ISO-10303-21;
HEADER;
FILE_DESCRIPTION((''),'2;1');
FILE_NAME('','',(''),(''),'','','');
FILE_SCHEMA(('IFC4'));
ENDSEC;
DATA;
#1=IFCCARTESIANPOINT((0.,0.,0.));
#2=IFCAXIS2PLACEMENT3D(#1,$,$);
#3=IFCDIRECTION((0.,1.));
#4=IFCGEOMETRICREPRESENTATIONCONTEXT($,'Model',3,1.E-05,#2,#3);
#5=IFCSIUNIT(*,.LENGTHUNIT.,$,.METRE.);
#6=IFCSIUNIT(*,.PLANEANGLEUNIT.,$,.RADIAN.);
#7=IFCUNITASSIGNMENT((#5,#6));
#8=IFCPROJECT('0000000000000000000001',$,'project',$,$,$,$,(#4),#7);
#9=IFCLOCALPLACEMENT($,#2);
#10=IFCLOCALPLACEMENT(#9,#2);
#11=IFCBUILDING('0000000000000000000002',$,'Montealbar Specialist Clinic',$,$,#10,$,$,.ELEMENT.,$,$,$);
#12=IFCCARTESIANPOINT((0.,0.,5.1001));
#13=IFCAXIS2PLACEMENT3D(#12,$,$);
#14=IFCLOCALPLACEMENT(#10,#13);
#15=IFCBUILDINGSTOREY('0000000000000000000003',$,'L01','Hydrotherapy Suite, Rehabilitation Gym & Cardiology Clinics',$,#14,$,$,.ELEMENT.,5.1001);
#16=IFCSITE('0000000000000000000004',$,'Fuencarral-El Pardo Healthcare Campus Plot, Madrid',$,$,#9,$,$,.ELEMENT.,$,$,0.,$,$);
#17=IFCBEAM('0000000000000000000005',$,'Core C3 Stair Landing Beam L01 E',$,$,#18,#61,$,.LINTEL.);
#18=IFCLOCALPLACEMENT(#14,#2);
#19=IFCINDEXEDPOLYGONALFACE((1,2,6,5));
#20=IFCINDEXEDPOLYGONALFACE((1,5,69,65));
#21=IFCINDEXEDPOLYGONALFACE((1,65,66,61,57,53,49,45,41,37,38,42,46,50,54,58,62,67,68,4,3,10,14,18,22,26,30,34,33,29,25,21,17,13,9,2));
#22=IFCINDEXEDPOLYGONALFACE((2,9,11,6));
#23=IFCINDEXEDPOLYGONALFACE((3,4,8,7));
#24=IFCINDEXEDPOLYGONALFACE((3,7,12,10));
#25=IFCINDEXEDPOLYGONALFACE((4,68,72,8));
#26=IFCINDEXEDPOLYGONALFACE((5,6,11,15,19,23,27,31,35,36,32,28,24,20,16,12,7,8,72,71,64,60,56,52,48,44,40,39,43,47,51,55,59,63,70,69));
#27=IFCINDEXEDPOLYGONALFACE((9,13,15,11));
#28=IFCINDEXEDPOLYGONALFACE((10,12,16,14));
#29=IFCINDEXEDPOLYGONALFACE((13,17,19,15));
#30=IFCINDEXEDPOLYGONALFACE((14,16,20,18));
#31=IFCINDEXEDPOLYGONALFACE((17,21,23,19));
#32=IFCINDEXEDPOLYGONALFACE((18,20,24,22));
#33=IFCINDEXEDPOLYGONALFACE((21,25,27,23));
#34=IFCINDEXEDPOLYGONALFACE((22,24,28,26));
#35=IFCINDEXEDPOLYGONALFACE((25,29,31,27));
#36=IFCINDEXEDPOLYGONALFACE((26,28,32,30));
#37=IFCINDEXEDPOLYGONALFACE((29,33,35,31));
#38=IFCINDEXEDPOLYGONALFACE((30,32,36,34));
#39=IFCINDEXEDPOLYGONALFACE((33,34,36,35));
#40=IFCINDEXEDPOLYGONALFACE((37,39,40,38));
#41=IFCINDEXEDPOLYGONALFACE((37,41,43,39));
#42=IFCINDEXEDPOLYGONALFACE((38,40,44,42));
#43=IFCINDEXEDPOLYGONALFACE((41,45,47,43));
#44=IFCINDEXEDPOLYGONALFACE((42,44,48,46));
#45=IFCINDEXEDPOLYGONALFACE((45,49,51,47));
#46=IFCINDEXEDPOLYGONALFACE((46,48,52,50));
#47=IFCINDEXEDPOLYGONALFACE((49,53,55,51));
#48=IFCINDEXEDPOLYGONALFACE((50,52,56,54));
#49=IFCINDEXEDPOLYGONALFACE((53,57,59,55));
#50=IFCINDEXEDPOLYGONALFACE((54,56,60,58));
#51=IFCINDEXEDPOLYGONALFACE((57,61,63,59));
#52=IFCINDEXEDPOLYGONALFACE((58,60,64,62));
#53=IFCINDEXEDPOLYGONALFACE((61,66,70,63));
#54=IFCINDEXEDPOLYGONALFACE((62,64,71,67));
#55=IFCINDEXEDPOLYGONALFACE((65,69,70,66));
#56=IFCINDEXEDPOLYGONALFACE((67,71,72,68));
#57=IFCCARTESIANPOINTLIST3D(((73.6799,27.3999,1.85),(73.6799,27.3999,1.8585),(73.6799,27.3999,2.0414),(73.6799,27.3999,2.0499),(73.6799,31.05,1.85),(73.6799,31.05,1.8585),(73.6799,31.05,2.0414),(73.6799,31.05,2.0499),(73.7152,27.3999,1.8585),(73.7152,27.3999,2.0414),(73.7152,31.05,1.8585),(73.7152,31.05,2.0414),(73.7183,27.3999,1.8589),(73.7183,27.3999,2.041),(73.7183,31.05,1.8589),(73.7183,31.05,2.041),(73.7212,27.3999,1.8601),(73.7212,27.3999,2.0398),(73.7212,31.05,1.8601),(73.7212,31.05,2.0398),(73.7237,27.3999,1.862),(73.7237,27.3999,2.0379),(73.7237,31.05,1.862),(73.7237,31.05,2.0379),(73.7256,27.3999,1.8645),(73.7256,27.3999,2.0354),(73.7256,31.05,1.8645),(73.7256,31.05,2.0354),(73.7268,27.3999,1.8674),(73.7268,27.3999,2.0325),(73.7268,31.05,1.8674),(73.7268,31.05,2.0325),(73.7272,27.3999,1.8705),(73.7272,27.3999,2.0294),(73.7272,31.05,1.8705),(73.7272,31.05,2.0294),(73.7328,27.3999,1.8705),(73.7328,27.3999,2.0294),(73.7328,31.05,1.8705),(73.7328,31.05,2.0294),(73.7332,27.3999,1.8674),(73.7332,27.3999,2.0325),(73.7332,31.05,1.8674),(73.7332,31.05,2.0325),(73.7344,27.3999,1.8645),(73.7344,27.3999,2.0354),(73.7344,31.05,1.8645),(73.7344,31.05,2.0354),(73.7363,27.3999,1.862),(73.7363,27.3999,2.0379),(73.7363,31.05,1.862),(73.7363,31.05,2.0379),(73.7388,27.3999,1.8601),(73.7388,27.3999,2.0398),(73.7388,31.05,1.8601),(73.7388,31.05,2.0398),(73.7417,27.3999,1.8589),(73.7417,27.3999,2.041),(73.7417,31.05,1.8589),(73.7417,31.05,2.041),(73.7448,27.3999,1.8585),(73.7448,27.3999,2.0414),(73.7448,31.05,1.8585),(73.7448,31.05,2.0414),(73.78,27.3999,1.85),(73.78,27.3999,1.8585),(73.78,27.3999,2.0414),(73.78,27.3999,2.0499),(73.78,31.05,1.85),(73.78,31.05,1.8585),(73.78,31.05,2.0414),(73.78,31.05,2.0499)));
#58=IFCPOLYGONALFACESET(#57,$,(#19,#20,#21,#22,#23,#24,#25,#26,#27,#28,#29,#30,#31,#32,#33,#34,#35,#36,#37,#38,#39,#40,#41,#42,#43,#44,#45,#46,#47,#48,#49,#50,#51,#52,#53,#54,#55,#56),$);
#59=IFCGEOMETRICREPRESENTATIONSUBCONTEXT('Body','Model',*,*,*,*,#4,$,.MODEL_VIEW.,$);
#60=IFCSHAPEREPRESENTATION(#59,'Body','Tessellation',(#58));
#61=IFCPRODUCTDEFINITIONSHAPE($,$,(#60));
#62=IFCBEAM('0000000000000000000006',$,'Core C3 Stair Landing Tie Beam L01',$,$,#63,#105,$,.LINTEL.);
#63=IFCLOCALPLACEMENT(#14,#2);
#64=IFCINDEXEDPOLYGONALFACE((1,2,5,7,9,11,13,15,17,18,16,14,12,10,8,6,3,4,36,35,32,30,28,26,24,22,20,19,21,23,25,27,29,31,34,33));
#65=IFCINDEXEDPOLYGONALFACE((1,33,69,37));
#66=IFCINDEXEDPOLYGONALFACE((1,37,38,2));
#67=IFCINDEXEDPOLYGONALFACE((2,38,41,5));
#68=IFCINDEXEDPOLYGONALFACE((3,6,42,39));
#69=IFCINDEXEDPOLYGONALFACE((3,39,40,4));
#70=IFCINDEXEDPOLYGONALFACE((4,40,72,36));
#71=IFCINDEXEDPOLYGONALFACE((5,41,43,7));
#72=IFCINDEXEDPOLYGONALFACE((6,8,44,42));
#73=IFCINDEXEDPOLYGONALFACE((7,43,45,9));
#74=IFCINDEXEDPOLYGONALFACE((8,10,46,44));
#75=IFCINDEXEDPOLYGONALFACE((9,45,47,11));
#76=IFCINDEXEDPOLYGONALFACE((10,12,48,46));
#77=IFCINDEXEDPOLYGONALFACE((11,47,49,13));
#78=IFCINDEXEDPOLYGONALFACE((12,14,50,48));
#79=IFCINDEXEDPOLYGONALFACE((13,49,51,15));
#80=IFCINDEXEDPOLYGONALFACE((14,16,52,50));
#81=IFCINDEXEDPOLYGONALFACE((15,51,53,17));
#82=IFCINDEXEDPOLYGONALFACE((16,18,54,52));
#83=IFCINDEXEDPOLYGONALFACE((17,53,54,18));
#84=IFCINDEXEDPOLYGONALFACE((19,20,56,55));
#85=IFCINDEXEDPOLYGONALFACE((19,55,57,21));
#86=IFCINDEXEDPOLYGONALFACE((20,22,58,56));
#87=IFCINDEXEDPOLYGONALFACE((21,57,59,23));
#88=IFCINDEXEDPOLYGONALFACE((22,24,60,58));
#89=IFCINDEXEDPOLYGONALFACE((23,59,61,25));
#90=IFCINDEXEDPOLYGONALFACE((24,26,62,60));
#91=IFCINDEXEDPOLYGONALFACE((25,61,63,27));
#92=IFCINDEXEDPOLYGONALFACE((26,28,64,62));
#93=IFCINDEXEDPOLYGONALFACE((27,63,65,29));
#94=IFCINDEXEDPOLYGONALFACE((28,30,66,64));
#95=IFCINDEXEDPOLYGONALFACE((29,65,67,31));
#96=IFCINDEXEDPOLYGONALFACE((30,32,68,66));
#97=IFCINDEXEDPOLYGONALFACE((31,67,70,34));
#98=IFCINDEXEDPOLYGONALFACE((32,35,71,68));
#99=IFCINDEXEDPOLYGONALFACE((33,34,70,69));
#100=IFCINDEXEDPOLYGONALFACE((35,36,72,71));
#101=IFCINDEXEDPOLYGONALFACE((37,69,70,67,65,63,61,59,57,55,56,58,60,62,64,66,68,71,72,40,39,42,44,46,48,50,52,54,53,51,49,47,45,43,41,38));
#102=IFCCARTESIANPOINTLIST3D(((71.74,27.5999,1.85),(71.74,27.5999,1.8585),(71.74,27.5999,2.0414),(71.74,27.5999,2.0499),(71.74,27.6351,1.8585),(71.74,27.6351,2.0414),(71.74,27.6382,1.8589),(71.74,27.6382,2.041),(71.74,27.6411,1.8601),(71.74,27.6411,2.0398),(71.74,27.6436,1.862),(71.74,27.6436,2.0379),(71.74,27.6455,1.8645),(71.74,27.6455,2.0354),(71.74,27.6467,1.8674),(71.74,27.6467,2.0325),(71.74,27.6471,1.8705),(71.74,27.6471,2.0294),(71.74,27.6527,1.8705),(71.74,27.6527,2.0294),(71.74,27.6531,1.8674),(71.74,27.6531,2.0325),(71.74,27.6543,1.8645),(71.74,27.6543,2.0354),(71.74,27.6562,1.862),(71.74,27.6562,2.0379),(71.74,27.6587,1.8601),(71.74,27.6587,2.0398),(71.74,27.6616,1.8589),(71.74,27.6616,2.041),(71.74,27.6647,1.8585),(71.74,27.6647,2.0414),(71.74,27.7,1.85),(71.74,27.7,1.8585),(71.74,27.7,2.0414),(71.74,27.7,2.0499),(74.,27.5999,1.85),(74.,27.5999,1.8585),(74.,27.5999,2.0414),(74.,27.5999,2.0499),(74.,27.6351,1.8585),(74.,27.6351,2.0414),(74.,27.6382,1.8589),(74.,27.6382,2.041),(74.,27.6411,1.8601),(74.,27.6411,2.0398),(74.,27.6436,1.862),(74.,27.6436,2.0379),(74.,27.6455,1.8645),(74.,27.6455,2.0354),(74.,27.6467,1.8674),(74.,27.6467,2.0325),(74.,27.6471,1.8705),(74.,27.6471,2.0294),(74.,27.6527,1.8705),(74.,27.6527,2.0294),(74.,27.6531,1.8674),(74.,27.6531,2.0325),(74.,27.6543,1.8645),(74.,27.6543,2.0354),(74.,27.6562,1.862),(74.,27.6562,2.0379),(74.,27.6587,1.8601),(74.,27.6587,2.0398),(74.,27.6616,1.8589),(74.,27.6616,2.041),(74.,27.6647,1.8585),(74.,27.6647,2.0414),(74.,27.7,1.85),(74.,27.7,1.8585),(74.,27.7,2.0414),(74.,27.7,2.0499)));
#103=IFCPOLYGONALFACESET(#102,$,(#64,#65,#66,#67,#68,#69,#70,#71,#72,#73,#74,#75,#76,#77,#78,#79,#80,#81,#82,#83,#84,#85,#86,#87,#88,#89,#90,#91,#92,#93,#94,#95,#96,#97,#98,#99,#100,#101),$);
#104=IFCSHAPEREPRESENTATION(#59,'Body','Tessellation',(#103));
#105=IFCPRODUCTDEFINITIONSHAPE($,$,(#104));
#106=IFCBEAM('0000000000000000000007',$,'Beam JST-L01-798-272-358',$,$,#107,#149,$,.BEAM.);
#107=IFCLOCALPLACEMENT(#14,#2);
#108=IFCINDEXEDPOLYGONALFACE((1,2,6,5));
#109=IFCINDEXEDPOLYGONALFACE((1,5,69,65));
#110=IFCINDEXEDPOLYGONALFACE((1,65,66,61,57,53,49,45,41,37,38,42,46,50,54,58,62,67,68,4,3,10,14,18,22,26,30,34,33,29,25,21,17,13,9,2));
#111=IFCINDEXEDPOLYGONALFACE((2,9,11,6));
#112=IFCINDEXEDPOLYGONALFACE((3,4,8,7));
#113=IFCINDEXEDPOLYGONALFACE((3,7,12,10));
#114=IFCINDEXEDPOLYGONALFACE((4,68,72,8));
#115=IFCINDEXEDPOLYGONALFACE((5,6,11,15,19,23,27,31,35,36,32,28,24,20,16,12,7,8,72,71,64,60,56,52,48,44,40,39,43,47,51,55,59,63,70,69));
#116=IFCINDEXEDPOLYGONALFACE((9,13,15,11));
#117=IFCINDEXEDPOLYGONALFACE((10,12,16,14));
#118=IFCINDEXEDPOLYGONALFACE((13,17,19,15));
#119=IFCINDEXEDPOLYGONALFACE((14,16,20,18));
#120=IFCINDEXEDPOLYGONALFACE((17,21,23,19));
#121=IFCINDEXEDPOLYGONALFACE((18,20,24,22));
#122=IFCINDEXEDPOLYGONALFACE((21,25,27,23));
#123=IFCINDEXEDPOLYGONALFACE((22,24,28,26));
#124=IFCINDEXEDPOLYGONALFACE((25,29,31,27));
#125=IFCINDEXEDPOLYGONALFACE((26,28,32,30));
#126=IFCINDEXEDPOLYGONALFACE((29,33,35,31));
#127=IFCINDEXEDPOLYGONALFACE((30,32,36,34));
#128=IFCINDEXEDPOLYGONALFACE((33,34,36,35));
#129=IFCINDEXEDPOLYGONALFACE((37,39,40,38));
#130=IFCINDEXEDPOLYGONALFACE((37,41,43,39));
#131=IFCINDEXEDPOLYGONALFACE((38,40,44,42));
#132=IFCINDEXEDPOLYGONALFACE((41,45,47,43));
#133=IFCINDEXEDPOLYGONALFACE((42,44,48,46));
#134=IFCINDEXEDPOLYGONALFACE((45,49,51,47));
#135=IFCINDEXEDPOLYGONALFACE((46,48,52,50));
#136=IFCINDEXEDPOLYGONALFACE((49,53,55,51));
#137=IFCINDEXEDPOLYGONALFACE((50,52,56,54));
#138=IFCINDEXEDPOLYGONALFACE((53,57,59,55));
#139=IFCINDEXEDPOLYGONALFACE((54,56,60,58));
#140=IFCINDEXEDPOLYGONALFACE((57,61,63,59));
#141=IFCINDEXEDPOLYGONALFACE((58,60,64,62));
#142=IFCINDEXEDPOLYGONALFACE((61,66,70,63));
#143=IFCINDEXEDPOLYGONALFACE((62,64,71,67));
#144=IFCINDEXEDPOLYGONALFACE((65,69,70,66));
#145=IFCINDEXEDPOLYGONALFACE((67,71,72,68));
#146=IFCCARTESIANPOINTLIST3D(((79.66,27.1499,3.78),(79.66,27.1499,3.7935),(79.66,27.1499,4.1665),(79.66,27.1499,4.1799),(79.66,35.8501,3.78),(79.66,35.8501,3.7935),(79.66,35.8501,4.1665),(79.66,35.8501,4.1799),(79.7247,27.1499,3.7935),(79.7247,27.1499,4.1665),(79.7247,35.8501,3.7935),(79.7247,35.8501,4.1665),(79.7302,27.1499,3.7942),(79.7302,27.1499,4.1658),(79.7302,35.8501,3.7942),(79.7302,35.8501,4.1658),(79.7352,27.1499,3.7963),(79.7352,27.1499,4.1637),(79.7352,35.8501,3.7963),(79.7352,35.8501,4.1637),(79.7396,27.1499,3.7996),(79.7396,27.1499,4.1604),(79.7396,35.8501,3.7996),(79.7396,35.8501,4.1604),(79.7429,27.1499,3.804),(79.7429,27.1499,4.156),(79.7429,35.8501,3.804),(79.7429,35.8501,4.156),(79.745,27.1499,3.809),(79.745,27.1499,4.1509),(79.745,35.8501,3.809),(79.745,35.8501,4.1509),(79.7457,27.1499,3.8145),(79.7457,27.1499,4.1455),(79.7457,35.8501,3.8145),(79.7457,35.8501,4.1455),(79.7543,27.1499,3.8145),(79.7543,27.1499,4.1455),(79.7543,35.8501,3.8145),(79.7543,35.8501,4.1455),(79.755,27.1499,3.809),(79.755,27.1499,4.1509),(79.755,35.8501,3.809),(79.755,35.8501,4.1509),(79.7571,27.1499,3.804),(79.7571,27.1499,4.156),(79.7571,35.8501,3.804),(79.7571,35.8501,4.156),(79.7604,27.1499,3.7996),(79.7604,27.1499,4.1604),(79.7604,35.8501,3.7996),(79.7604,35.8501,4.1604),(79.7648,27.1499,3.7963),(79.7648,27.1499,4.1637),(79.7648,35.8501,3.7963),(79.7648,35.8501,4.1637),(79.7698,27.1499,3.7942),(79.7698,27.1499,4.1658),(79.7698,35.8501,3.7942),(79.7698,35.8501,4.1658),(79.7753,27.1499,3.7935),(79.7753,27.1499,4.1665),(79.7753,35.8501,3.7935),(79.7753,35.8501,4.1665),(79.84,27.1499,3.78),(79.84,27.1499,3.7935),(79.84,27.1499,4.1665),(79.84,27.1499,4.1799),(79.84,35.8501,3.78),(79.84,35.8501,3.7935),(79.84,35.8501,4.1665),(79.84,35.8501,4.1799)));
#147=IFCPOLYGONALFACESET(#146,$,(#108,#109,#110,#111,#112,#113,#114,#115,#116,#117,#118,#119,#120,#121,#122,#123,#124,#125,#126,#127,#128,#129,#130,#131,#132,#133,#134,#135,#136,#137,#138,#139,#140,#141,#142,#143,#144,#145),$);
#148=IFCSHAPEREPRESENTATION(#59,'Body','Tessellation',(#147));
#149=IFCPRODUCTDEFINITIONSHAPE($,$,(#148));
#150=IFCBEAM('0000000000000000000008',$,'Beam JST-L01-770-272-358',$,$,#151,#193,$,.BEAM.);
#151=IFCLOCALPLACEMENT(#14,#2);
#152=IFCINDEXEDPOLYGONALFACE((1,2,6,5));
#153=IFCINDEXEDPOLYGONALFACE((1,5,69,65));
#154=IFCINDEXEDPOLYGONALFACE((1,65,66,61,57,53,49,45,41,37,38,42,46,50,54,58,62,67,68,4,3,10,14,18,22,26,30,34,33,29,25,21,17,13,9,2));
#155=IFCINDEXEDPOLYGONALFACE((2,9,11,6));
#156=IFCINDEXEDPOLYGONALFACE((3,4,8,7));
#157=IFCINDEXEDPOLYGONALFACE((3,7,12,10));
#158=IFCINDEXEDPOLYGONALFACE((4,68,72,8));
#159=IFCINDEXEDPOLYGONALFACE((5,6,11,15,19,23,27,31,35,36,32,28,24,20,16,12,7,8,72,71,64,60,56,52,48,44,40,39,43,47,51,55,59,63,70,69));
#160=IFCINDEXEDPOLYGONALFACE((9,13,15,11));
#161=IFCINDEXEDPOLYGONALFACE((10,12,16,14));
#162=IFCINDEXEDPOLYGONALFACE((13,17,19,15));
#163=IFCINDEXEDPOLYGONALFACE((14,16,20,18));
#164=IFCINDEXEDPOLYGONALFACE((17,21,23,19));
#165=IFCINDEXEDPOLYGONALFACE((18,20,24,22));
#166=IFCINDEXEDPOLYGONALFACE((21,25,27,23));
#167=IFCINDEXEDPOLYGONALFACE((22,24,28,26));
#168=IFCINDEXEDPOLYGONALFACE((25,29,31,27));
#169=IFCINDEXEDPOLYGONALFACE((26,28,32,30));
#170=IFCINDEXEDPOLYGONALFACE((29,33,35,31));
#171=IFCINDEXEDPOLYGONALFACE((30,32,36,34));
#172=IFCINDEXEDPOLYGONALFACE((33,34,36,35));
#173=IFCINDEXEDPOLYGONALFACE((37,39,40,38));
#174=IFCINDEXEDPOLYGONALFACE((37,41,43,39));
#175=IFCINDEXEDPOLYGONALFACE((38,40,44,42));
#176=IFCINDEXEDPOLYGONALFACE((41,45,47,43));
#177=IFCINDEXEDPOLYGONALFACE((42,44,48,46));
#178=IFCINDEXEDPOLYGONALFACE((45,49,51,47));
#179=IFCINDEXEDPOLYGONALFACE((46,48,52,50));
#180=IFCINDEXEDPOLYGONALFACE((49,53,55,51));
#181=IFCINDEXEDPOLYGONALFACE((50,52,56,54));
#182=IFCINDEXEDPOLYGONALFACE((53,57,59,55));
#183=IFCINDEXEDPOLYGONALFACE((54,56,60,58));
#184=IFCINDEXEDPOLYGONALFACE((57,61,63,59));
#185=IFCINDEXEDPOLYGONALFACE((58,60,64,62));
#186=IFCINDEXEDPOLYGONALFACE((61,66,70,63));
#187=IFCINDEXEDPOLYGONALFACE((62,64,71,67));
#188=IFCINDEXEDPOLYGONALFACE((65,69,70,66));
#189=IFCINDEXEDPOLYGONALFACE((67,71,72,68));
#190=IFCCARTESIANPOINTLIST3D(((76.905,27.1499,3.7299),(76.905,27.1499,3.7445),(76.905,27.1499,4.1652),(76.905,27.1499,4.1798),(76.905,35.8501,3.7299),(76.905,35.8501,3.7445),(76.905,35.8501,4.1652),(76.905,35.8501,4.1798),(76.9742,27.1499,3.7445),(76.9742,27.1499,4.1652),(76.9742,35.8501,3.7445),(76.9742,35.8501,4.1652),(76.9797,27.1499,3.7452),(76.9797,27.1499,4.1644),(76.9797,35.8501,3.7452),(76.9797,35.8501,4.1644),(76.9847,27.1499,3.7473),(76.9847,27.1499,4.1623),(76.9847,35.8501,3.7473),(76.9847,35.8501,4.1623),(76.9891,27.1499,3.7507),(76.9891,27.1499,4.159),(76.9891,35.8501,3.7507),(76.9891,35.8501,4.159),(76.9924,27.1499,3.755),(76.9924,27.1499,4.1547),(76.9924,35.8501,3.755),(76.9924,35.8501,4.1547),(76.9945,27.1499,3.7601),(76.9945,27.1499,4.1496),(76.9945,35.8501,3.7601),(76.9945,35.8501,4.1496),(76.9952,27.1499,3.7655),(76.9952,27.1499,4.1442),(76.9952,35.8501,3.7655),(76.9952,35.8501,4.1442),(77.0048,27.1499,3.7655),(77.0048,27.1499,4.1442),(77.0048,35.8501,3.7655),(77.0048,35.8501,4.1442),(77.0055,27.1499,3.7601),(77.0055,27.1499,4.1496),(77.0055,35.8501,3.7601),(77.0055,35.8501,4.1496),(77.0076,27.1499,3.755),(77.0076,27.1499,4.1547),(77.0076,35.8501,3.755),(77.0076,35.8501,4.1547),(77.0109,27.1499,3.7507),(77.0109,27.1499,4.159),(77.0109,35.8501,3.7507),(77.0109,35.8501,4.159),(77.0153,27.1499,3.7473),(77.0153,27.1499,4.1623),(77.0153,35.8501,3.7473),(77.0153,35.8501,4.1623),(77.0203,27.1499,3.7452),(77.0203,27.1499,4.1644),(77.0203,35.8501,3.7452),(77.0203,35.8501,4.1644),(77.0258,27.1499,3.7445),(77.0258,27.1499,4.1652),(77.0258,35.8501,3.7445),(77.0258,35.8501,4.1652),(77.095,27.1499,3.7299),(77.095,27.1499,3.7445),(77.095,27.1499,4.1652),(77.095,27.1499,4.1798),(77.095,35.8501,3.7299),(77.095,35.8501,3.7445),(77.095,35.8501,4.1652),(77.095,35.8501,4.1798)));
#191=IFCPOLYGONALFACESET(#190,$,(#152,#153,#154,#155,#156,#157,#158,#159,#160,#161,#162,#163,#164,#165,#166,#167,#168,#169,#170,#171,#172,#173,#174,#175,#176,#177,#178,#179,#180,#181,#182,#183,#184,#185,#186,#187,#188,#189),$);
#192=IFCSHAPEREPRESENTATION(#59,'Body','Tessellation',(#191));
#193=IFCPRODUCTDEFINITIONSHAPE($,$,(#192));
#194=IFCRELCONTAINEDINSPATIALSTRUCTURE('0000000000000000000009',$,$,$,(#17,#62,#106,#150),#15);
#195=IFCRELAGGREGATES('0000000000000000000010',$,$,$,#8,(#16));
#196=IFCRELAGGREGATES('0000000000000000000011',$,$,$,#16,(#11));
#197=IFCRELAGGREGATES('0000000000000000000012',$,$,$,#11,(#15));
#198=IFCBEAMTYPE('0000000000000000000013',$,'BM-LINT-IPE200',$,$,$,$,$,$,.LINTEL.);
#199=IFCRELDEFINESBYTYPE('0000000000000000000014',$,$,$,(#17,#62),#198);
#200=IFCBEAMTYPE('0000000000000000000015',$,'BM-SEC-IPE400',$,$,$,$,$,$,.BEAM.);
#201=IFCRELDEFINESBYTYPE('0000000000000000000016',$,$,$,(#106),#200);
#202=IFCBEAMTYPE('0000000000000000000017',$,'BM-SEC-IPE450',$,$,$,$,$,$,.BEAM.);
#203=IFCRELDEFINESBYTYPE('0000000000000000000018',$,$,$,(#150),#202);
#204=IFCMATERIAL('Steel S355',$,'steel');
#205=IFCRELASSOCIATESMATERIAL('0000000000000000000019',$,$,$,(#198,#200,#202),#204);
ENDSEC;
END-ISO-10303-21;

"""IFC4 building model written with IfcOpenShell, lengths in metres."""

from ifc_helpers import new_model, si_unit, direction, frame, origin, origin_2d, place, context, subcontext, project, spatial, i_section, extrude, material, material_profile, profile_set, type_object, element, save


model = new_model("IFC4")

# Units and contexts
model_context = context("Model", 3, precision=1e-05, world=origin(), true_north=direction((0.0, 1.0)))
body_context = subcontext(model_context, "Body", "Model", "MODEL_VIEW")
ifc_project = project(units=[si_unit("LENGTHUNIT", "METRE"), si_unit("PLANEANGLEUNIT", "RADIAN")], contexts=[model_context])

# Site, building, storey
site_placement = place(None, origin())
site = spatial("IfcSite", under=ifc_project, at=site_placement, Name="Fuencarral-El Pardo Healthcare Campus Plot, Madrid", CompositionType="ELEMENT", RefElevation=0.0)
building_placement = place(site_placement, origin())
building = spatial("IfcBuilding", under=site, at=building_placement, Name="Montealbar Specialist Clinic", CompositionType="ELEMENT")
storey_placement = place(building_placement, frame((0.0, 0.0, 5.1001)))
storey = spatial("IfcBuildingStorey", under=building, at=storey_placement, Name="L01", Description="Hydrotherapy Suite, Rehabilitation Gym & Cardiology Clinics", CompositionType="ELEMENT", Elevation=5.1001)

# Shared definitions
ifc_material_1 = material(Name="Steel S355", Category="steel")

# Beams
ifc_material_profile_1 = material_profile(ifc_material_1, i_section(OverallWidth=0.1001, OverallDepth=0.2, WebThickness=0.0056, FlangeThickness=0.0085, FilletRadius=0.012, at=origin_2d()), Name="IPE 200", Category="steel")
ifc_profile_set_1 = profile_set([ifc_material_profile_1], Name="Steel S355")
beam_type_1 = type_object("IfcBeamType", Name="BM-LINT-IPE200", PredefinedType="LINTEL", material=ifc_profile_set_1)
for number, where, z_axis, x_axis, name in (
    (1, (73.73, 27.3999, 1.95), (0.0, 1.0, 0.0), (-1.0, 0.0, 0.0), "Core C3 Stair Landing Beam L01 E"),
):
    element("IfcBeam", number, at=place(storey_placement, frame(where, z_axis=z_axis, x_axis=x_axis)), inside=storey, type_object=beam_type_1, Name=name, PredefinedType="LINTEL", context=body_context, shape_type="SweptSolid", body=[
        extrude(i_section(OverallWidth=0.1001, OverallDepth=0.2, WebThickness=0.0056, FlangeThickness=0.0085, FilletRadius=0.012, at=origin_2d()), origin(), (0.0, 0.0, 1.0), 3.6501),
    ])
beam_1_placement = place(storey_placement, frame((71.74, 27.6499, 1.95), z_axis=(1.0, 0.0, 0.0), x_axis=(0.0, 1.0, 0.0)))
element("IfcBeam", 2, at=beam_1_placement, inside=storey, type_object=beam_type_1, Name="Core C3 Stair Landing Tie Beam L01", PredefinedType="LINTEL", context=body_context, shape_type="SweptSolid", body=[
    extrude(i_section(OverallWidth=0.1001, OverallDepth=0.2, WebThickness=0.0056, FlangeThickness=0.0085, FilletRadius=0.012, at=origin_2d()), origin(), (0.0, 0.0, 1.0), 2.26),
])
ifc_material_profile_2 = material_profile(ifc_material_1, i_section(OverallWidth=0.1799, OverallDepth=0.3999, WebThickness=0.0085, FlangeThickness=0.0134, FilletRadius=0.021, at=origin_2d()), Name="IPE 400", Category="steel")
ifc_profile_set_2 = profile_set([ifc_material_profile_2], Name="Steel S355")
beam_type_2 = type_object("IfcBeamType", Name="BM-SEC-IPE400", PredefinedType="BEAM", material=ifc_profile_set_2)
beam_2_placement = place(storey_placement, frame((79.75, 27.1499, 3.98), z_axis=(0.0, 1.0, 0.0), x_axis=(-1.0, 0.0, 0.0)))
element("IfcBeam", 3, at=beam_2_placement, inside=storey, type_object=beam_type_2, Name="Beam JST-L01-798-272-358", PredefinedType="BEAM", context=body_context, shape_type="SweptSolid", body=[
    extrude(i_section(OverallWidth=0.1799, OverallDepth=0.3999, WebThickness=0.0085, FlangeThickness=0.0134, FilletRadius=0.021, at=origin_2d()), origin(), (0.0, 0.0, 1.0), 8.7002),
])
ifc_material_profile_3 = material_profile(ifc_material_1, i_section(OverallWidth=0.1899, OverallDepth=0.45, WebThickness=0.0095, FlangeThickness=0.0146, FilletRadius=0.021, at=origin_2d()), Name="IPE 450", Category="steel")
ifc_profile_set_3 = profile_set([ifc_material_profile_3], Name="Steel S355")
beam_type_3 = type_object("IfcBeamType", Name="BM-SEC-IPE450", PredefinedType="BEAM", material=ifc_profile_set_3)
beam_3_placement = place(storey_placement, frame((77.0, 27.1499, 3.9548), z_axis=(0.0, 1.0, 0.0), x_axis=(-1.0, 0.0, 0.0)))
element("IfcBeam", 4, at=beam_3_placement, inside=storey, type_object=beam_type_3, Name="Beam JST-L01-770-272-358", PredefinedType="BEAM", context=body_context, shape_type="SweptSolid", body=[
    extrude(i_section(OverallWidth=0.1899, OverallDepth=0.45, WebThickness=0.0095, FlangeThickness=0.0146, FilletRadius=0.021, at=origin_2d()), origin(), (0.0, 0.0, 1.0), 8.7002),
])

save(model, "model.ifc")
